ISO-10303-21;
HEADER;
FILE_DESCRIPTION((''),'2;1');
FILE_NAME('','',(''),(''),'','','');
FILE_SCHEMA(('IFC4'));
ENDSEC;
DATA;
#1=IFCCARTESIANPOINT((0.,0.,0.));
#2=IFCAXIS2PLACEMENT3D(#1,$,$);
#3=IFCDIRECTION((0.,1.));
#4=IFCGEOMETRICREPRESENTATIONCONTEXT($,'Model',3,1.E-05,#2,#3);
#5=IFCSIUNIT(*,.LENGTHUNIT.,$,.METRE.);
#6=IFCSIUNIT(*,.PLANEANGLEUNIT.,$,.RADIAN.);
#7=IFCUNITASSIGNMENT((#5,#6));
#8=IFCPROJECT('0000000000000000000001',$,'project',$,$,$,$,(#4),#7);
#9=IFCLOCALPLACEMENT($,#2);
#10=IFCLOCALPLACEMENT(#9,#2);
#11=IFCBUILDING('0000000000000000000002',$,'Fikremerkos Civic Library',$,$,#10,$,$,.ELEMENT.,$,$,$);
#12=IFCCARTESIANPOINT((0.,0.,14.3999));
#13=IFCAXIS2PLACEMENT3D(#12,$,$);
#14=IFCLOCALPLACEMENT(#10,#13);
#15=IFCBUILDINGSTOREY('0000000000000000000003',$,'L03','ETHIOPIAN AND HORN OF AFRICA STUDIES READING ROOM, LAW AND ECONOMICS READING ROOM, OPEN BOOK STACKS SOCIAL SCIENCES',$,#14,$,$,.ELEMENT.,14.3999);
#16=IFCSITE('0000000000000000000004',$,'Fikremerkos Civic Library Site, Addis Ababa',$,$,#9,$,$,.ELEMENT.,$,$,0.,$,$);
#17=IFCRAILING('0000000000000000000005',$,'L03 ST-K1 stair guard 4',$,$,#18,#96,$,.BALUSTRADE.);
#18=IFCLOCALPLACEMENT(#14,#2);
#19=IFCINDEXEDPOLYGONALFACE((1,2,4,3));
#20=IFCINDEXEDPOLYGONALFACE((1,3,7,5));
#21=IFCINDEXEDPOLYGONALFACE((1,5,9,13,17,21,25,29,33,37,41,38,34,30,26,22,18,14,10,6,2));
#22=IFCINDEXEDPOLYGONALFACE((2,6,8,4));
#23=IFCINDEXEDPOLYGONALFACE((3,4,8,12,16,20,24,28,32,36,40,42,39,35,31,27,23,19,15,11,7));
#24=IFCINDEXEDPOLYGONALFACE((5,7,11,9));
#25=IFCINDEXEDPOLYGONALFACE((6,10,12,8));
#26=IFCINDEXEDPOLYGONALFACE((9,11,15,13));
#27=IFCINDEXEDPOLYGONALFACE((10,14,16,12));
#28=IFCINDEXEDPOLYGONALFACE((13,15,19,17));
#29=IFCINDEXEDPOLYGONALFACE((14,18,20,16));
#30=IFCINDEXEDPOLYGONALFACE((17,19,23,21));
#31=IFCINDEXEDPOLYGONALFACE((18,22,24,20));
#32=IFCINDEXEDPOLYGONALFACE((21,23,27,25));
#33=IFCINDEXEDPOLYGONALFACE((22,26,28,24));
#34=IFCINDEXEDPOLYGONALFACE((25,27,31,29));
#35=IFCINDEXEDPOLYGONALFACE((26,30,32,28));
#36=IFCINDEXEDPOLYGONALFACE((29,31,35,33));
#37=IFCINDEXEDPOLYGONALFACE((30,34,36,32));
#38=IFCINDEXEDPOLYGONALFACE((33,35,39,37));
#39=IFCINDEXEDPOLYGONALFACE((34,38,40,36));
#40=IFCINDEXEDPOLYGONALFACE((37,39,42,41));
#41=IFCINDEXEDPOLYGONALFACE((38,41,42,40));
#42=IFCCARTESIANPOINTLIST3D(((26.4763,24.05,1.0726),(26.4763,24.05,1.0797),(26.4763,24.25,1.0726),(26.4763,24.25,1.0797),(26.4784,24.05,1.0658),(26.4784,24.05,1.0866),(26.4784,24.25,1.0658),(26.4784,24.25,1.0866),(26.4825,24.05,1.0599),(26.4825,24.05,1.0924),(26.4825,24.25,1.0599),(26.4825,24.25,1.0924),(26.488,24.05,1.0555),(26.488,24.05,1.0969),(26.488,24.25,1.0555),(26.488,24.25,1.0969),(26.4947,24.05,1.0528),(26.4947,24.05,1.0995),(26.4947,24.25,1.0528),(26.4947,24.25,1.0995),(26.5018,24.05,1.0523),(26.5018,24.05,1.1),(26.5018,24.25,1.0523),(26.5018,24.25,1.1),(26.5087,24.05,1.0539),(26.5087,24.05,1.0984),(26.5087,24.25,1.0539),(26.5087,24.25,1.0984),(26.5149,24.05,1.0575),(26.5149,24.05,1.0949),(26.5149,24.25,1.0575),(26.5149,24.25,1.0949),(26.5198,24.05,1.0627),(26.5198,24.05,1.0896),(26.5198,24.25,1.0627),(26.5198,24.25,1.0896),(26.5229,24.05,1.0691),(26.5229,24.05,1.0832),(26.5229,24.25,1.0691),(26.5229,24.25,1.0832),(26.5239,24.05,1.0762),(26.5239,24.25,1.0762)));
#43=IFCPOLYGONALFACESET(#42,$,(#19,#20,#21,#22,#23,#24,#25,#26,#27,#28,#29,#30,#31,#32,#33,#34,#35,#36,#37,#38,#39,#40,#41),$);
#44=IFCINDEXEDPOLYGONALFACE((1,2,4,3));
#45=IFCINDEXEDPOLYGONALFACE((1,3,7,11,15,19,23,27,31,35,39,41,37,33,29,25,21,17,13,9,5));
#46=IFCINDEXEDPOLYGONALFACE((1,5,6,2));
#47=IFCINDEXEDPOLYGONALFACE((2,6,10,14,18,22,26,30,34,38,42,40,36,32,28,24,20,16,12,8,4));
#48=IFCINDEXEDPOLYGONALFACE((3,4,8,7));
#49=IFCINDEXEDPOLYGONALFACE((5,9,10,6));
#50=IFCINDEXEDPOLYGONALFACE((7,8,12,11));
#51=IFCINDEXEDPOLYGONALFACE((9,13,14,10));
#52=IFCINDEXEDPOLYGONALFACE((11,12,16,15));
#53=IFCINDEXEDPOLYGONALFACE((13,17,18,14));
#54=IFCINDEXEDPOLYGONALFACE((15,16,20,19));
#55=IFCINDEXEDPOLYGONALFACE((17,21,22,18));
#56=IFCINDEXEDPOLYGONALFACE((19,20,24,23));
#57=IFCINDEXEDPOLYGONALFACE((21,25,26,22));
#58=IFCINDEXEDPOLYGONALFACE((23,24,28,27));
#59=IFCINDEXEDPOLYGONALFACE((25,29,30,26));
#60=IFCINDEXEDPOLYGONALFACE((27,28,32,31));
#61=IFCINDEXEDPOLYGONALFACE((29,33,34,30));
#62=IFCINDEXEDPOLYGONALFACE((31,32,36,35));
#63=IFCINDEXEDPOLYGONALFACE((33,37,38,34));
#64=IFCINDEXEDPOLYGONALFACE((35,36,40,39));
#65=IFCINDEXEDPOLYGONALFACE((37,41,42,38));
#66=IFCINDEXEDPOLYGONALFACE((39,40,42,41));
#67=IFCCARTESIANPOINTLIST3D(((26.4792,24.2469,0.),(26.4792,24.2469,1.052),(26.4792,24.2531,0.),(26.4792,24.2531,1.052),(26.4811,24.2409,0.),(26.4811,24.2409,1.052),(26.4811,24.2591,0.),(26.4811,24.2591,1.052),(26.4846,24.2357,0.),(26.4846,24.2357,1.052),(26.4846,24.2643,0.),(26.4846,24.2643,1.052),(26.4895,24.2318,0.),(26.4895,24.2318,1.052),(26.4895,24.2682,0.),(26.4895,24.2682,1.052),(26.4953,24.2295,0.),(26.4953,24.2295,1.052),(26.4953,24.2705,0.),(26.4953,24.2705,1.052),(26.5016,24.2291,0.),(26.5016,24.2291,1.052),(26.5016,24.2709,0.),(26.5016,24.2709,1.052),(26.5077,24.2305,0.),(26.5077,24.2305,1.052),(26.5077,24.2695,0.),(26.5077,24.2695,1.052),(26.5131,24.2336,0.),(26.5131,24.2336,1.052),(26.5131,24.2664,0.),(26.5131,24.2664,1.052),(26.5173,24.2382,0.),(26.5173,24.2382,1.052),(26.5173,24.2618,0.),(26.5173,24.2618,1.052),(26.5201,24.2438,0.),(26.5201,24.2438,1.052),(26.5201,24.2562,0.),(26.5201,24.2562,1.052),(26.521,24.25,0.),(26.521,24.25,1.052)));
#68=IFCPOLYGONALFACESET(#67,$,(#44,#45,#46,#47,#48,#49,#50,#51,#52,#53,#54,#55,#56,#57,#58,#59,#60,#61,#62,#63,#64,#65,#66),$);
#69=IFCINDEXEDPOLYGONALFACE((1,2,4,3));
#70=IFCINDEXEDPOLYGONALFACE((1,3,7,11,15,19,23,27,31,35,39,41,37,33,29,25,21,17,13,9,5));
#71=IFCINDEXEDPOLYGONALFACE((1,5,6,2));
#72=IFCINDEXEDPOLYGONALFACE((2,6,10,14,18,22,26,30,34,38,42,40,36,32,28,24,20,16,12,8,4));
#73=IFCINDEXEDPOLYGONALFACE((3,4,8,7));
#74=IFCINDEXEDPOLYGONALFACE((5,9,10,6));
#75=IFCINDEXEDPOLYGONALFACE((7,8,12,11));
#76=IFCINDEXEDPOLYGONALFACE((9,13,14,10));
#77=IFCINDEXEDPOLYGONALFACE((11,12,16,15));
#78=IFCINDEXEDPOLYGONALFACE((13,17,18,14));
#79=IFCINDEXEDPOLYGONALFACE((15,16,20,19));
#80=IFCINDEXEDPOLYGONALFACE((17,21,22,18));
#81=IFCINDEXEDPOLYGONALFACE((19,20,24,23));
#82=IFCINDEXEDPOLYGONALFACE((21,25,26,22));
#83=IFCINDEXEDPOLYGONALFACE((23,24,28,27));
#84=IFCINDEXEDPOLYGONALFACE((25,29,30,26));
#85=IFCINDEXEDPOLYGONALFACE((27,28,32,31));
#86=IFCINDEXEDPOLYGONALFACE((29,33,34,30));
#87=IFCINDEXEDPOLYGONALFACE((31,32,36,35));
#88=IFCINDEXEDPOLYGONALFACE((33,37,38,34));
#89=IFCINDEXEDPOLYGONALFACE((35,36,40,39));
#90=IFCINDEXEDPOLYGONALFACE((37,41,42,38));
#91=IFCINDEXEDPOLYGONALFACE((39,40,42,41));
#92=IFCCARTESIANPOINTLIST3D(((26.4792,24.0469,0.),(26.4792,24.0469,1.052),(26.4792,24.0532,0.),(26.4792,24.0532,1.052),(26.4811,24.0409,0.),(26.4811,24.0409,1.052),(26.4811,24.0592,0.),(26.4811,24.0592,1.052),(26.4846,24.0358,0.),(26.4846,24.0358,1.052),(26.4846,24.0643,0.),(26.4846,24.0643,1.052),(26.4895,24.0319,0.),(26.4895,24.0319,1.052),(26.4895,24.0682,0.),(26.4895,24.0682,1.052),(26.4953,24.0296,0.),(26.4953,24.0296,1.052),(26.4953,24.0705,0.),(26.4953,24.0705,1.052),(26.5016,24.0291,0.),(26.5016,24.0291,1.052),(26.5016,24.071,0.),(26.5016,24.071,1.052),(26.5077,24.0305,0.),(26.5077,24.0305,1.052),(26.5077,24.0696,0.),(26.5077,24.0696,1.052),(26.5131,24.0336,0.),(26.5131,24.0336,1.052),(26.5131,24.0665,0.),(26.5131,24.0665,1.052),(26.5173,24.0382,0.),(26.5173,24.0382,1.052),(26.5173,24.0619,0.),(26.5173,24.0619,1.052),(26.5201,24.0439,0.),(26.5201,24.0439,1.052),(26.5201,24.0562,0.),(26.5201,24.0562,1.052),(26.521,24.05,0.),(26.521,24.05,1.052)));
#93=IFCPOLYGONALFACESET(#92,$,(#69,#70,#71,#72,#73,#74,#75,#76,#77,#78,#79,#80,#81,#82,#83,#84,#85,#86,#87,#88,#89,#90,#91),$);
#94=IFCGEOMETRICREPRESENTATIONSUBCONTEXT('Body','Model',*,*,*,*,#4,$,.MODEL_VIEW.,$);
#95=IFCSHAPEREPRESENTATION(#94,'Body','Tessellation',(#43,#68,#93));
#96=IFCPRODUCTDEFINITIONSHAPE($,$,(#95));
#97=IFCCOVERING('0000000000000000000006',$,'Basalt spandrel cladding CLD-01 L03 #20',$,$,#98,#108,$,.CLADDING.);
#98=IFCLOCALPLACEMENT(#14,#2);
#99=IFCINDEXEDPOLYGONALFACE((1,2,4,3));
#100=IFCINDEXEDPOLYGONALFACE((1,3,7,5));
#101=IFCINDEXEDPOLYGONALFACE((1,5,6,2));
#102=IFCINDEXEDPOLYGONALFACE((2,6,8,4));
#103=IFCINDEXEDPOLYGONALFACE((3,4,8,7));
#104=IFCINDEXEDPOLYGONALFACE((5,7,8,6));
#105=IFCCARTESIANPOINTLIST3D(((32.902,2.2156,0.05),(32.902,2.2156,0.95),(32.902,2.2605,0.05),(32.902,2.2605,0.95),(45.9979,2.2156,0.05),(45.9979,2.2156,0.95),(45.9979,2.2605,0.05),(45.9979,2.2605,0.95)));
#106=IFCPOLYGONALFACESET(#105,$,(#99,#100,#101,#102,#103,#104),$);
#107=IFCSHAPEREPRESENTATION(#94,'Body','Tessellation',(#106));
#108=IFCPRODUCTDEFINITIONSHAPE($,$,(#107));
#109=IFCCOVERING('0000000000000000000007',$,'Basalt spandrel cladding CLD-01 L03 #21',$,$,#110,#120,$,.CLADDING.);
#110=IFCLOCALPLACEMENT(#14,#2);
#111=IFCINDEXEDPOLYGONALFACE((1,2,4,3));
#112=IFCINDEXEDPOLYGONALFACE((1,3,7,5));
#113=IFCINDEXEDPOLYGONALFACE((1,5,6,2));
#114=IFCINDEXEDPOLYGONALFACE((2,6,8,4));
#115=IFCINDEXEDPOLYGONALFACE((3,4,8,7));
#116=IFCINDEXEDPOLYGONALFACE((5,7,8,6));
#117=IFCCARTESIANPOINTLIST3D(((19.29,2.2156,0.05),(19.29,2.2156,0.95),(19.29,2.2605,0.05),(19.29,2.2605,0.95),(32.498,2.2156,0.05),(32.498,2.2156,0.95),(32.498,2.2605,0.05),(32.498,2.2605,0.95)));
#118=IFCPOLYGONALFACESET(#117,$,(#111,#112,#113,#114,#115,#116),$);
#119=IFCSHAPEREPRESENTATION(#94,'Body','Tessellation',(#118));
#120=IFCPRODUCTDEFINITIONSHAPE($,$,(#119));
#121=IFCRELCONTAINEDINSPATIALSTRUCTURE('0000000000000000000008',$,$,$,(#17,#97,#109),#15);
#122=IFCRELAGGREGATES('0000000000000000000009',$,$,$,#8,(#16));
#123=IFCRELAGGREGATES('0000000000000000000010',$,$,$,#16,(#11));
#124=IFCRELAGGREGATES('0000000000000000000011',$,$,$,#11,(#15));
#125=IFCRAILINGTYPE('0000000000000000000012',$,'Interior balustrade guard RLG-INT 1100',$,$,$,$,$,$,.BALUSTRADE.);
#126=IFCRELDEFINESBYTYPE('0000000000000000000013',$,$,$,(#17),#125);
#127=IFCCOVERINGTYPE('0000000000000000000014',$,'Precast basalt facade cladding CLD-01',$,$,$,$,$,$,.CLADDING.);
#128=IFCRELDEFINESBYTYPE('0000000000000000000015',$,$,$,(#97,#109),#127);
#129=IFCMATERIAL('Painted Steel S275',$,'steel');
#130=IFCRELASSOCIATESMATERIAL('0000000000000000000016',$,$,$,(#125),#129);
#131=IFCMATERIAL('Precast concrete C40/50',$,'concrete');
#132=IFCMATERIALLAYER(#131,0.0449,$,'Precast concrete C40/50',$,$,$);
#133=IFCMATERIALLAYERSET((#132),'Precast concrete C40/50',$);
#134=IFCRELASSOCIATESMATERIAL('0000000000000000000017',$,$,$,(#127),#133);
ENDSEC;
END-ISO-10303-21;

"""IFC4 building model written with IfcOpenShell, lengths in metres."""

from ifc_helpers import new_model, si_unit, direction, frame, origin, origin_2d, place, context, subcontext, project, spatial, rectangle, circle, extrude, material, layer, layer_set, type_object, element, save


model = new_model("IFC4")

# Units and contexts
model_context = context("Model", 3, precision=1e-05, world=origin(), true_north=direction((0.0, 1.0)))
body_context = subcontext(model_context, "Body", "Model", "MODEL_VIEW")
ifc_project = project(units=[si_unit("LENGTHUNIT", "METRE"), si_unit("PLANEANGLEUNIT", "RADIAN")], contexts=[model_context])

# Site, building, storey
site_placement = place(None, origin())
site = spatial("IfcSite", under=ifc_project, at=site_placement, Name="Fikremerkos Civic Library Site, Addis Ababa", CompositionType="ELEMENT", RefElevation=0.0)
building_placement = place(site_placement, origin())
building = spatial("IfcBuilding", under=site, at=building_placement, Name="Fikremerkos Civic Library", CompositionType="ELEMENT")
storey_placement = place(building_placement, frame((0.0, 0.0, 14.3999)))
storey = spatial("IfcBuildingStorey", under=building, at=storey_placement, Name="L03", Description="ETHIOPIAN AND HORN OF AFRICA STUDIES READING ROOM, LAW AND ECONOMICS READING ROOM, OPEN BOOK STACKS SOCIAL SCIENCES", CompositionType="ELEMENT", Elevation=14.3999)

# Shared definitions
ifc_material_1 = material(Name="Precast concrete C40/50", Category="concrete")

# Railing
ifc_material_2 = material(Name="Painted Steel S275", Category="steel")
railing_type_1 = type_object("IfcRailingType", Name="Interior balustrade guard RLG-INT 1100", PredefinedType="BALUSTRADE", material=ifc_material_2)
railing_1_placement = place(storey_placement, frame((26.5, 24.25, 0.0)))
element("IfcRailing", 1, at=railing_1_placement, inside=storey, type_object=railing_type_1, Name="L03 ST-K1 stair guard 4", PredefinedType="BALUSTRADE", context=body_context, shape_type="SweptSolid", body=[
    extrude(circle(Radius=0.0239, at=origin_2d()), frame((0.0, 0.0, 1.0762), z_axis=(0.0, -1.0, 0.0), x_axis=(1.0, 0.0, 0.0)), (0.0, 0.0, 1.0), 0.2),
    extrude(circle(Radius=0.021, at=origin_2d()), origin(), (0.0, 0.0, 1.0), 1.052),
    extrude(circle(Radius=0.021, at=origin_2d()), frame((0.0, -0.2, 0.0)), (0.0, 0.0, 1.0), 1.052),
])

# Coverings
ifc_layer_1 = layer(ifc_material_1, 0.0449, Name="Precast concrete C40/50")
ifc_layer_set_1 = layer_set([ifc_layer_1], Name="Precast concrete C40/50")
covering_type = type_object("IfcCoveringType", Name="Precast basalt facade cladding CLD-01", PredefinedType="CLADDING", material=ifc_layer_set_1)
covering_1_placement = place(storey_placement, frame((39.45, 2.238, 0.05), z_axis=(0.0, 0.0, 1.0), x_axis=(1.0, 0.0, 0.0)))
element("IfcCovering", 2, at=covering_1_placement, inside=storey, type_object=covering_type, Name="Basalt spandrel cladding CLD-01 L03 #20", PredefinedType="CLADDING", context=body_context, shape_type="SweptSolid", body=[
    extrude(rectangle(XDim=13.0959, YDim=0.0449, at=origin_2d()), origin(), (0.0, 0.0, 1.0), 0.8999),
])
covering_2_placement = place(storey_placement, frame((25.894, 2.238, 0.05), z_axis=(0.0, 0.0, 1.0), x_axis=(1.0, 0.0, 0.0)))
element("IfcCovering", 3, at=covering_2_placement, inside=storey, type_object=covering_type, Name="Basalt spandrel cladding CLD-01 L03 #21", PredefinedType="CLADDING", context=body_context, shape_type="SweptSolid", body=[
    extrude(rectangle(XDim=13.208, YDim=0.0449, at=origin_2d()), origin(), (0.0, 0.0, 1.0), 0.8999),
])

save(model, "model.ifc")
